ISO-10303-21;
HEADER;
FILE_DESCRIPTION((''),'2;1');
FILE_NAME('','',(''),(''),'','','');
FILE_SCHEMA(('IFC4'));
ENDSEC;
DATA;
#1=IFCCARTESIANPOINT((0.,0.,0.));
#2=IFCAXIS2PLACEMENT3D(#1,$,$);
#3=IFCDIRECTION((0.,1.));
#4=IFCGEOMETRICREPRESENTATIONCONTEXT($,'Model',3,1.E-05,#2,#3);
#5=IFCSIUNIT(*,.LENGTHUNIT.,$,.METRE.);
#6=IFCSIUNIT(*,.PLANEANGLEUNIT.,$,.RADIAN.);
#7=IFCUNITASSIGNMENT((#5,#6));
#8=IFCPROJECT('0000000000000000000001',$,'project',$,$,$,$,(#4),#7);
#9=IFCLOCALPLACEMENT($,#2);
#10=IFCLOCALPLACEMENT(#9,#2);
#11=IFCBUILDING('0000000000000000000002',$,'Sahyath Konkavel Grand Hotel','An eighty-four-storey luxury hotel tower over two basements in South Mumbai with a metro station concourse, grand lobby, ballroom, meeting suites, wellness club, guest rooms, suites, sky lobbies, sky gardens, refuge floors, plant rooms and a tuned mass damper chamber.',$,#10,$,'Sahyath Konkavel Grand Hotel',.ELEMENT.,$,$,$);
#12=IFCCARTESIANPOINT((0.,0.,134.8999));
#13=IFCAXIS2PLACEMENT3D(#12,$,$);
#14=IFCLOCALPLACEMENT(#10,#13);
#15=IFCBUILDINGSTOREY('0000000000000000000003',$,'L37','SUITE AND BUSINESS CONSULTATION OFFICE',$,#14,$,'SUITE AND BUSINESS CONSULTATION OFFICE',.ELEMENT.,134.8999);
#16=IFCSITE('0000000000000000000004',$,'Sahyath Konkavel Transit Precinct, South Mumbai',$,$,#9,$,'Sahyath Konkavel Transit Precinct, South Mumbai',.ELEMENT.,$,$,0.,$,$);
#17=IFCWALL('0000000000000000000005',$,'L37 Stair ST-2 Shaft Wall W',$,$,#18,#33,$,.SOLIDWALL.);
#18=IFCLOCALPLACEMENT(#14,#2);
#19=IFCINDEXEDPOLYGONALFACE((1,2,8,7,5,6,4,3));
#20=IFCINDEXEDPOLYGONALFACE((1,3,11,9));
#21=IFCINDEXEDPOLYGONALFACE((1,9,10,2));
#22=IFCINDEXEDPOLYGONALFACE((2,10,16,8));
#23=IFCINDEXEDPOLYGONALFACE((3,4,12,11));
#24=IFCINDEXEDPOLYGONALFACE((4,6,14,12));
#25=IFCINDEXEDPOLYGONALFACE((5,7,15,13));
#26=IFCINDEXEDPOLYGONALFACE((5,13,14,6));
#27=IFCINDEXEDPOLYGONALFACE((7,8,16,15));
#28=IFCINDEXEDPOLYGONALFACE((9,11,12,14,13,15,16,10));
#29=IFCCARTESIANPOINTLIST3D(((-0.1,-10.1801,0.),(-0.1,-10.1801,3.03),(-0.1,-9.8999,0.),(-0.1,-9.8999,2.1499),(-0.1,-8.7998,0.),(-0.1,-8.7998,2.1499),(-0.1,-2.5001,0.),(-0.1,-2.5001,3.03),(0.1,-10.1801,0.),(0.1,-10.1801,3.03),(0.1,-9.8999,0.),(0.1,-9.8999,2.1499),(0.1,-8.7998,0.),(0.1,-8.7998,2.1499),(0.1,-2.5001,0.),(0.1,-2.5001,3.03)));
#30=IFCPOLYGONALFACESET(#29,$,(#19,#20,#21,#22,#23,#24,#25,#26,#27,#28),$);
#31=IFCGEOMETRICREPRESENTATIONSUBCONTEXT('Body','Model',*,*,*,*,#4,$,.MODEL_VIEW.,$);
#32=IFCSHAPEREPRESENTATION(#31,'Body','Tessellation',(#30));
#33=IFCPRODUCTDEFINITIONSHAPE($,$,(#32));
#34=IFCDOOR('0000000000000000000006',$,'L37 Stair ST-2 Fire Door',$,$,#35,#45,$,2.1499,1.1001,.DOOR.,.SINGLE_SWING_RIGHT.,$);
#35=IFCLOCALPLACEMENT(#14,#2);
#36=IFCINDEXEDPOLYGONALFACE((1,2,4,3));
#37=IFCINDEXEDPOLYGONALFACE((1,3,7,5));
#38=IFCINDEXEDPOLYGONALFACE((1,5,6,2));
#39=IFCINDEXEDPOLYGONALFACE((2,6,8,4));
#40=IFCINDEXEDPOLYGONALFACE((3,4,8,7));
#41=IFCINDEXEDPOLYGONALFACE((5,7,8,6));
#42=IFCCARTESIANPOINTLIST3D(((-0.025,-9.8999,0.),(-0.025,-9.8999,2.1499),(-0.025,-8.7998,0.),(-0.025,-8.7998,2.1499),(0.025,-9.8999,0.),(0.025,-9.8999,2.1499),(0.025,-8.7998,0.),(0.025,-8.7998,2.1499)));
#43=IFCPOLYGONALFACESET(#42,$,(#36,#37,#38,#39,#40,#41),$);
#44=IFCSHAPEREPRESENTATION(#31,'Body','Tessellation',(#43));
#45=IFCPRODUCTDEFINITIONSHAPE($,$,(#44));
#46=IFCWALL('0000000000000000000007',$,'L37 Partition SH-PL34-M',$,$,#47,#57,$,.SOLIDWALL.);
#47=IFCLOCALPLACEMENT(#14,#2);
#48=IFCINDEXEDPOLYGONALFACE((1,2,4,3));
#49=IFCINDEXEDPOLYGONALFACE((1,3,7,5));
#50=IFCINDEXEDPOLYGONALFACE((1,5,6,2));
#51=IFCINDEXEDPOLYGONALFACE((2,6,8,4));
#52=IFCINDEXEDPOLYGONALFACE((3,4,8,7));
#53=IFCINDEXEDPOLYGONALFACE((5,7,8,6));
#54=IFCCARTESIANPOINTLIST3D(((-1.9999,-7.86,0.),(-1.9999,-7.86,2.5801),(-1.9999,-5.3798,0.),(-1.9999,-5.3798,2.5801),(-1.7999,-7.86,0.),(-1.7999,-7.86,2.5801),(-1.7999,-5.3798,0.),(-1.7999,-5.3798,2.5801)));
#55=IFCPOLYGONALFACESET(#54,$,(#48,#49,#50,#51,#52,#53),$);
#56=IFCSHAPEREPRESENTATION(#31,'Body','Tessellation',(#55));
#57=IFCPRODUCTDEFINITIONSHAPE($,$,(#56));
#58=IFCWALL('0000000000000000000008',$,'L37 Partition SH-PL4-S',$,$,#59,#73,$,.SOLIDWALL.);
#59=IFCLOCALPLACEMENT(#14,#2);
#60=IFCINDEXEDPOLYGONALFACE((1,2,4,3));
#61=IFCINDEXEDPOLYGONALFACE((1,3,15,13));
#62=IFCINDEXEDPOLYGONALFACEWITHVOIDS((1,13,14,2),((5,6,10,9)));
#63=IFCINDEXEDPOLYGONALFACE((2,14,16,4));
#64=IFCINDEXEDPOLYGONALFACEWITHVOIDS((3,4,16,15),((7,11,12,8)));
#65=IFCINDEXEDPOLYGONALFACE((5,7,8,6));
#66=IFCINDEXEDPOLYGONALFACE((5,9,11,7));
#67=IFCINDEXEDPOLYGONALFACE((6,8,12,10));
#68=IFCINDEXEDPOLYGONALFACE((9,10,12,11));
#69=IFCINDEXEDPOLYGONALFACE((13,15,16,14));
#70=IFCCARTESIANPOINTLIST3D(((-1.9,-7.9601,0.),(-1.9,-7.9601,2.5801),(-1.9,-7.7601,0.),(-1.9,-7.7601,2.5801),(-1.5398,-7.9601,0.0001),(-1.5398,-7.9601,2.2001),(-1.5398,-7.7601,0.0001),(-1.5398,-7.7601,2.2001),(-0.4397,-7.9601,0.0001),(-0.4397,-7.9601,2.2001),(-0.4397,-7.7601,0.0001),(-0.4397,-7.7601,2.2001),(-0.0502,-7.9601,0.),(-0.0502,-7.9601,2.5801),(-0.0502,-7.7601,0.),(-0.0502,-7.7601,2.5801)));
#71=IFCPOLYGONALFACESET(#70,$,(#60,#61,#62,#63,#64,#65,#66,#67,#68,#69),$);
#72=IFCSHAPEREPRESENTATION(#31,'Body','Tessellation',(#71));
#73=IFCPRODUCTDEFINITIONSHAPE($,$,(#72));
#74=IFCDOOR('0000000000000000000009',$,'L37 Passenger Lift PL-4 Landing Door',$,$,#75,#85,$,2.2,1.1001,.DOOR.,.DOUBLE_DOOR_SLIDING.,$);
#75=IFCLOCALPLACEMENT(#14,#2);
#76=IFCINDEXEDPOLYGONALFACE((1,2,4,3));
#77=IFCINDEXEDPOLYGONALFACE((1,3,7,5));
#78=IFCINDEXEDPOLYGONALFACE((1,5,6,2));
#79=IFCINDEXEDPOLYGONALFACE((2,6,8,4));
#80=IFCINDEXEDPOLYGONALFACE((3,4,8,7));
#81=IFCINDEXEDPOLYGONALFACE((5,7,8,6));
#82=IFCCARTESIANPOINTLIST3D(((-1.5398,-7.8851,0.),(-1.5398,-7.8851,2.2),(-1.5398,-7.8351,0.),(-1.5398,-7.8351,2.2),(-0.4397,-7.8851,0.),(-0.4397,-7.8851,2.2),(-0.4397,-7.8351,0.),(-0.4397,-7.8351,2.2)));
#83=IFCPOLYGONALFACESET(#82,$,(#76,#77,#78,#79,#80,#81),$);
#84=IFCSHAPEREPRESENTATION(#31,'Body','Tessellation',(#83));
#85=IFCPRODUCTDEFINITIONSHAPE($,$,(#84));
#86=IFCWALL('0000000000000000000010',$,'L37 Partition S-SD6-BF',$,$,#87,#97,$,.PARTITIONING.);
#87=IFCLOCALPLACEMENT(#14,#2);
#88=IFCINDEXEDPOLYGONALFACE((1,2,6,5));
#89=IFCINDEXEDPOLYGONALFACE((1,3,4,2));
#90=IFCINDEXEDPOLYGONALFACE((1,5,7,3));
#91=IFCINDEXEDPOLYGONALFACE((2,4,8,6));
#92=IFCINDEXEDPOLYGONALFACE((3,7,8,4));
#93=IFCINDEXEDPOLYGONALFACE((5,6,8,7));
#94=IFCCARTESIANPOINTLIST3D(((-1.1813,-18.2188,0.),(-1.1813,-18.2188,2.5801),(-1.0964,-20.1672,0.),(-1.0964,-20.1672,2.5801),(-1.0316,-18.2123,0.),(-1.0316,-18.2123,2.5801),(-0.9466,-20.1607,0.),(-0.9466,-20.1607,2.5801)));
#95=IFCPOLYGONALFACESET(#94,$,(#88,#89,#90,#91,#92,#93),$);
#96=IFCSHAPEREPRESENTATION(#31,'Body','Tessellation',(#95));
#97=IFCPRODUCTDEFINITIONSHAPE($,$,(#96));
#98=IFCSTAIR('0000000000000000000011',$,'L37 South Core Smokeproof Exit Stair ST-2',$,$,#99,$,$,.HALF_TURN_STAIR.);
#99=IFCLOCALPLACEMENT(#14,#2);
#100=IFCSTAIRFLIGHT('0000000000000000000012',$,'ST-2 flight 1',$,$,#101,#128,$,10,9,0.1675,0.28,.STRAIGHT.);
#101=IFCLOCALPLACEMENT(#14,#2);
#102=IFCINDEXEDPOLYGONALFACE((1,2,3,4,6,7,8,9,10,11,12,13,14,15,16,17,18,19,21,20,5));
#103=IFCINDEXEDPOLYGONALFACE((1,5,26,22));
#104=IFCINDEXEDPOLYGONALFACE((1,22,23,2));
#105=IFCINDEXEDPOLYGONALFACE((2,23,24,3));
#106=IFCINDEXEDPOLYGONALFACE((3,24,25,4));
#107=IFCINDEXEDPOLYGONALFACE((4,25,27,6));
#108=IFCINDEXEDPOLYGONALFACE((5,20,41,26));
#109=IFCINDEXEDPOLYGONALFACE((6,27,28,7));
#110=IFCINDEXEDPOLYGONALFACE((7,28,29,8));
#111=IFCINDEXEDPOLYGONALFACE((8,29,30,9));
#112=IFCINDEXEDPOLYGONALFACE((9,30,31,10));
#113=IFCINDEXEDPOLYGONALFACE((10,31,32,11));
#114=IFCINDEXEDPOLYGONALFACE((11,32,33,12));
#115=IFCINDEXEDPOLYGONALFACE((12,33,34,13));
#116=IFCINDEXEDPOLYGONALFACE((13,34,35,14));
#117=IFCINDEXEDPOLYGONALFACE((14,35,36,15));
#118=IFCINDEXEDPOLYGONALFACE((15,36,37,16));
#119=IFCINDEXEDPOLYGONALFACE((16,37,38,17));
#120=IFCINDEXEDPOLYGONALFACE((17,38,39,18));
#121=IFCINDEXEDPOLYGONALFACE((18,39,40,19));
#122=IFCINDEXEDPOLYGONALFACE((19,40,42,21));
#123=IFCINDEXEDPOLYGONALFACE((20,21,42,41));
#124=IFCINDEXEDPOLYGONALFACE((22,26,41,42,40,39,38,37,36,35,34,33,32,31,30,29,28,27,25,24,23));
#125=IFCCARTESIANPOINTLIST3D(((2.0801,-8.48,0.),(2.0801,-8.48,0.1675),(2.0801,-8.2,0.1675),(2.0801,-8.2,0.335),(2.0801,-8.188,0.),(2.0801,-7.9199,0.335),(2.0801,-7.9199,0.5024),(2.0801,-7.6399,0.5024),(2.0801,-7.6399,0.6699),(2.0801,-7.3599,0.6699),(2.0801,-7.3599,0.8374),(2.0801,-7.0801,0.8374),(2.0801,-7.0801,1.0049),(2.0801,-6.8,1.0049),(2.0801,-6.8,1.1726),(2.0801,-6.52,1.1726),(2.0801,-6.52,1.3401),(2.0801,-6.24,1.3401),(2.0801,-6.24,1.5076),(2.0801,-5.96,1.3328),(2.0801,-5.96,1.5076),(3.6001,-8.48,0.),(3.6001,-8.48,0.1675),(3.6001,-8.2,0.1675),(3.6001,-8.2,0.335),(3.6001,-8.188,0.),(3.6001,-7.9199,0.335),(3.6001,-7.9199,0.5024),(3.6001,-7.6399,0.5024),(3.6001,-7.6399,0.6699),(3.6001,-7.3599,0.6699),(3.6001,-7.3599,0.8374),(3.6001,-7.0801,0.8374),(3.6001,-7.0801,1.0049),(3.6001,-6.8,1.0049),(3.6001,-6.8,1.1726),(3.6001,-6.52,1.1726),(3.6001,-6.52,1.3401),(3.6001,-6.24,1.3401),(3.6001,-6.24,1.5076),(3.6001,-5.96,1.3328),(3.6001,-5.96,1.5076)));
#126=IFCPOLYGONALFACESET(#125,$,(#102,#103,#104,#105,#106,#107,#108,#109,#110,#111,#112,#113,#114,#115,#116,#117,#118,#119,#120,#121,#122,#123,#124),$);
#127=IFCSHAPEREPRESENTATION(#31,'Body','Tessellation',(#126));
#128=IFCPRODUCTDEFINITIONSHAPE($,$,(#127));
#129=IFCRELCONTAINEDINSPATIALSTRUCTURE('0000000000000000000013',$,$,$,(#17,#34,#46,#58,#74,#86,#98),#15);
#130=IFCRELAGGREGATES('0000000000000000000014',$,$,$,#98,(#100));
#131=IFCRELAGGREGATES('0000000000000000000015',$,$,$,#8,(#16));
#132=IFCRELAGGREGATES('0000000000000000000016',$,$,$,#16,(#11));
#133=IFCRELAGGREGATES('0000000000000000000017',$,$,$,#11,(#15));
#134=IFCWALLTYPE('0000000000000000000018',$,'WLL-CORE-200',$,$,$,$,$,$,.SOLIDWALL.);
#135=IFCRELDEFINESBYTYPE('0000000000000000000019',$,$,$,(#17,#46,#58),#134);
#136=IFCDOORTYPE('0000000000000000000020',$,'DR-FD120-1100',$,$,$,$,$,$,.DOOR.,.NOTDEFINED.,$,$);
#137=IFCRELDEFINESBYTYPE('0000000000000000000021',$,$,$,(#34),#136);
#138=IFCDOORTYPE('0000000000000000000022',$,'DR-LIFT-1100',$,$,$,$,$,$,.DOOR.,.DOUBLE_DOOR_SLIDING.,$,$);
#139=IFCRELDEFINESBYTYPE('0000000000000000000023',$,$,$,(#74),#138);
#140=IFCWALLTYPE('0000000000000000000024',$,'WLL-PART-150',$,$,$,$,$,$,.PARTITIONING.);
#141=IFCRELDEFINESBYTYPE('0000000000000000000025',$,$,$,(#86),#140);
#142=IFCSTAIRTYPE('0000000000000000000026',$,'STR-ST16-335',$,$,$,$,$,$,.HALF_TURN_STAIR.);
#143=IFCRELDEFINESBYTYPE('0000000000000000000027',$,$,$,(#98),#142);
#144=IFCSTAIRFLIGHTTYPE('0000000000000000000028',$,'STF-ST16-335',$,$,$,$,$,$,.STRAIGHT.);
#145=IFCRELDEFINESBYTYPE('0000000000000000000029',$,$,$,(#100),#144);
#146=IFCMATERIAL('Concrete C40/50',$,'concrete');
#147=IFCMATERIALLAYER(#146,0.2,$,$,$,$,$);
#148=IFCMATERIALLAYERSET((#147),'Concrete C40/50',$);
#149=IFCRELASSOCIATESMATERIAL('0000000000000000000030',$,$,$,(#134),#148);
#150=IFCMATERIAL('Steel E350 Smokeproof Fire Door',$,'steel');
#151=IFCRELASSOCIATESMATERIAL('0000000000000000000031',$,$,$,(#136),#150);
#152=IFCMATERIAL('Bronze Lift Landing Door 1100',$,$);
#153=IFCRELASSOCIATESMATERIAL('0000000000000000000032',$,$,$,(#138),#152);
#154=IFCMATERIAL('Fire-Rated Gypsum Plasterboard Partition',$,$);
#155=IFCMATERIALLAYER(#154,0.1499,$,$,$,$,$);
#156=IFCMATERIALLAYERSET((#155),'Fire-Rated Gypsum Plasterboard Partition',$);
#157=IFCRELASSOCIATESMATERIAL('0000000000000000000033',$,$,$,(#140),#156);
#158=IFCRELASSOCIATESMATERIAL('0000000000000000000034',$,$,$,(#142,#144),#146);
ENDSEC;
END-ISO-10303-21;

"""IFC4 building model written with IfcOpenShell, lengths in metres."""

from ifc_helpers import new_model, si_unit, direction, frame, frame_2d, origin, origin_2d, place, context, subcontext, project, spatial, polyline, rectangle, outline, extrude, source, transform, mapped, material, layer, layer_set, type_object, element, fill, aggregate, save


model = new_model("IFC4")

# Units and contexts
model_context = context("Model", 3, precision=1e-05, world=origin(), true_north=direction((0.0, 1.0)))
body_context = subcontext(model_context, "Body", "Model", "MODEL_VIEW")
ifc_project = project(units=[si_unit("LENGTHUNIT", "METRE"), si_unit("PLANEANGLEUNIT", "RADIAN")], contexts=[model_context])

# Site, building, storey
site_placement = place(None, origin())
site = spatial("IfcSite", under=ifc_project, at=site_placement, Name="Sahyath Konkavel Transit Precinct, South Mumbai", LongName="Sahyath Konkavel Transit Precinct, South Mumbai", CompositionType="ELEMENT", RefElevation=0.0)
building_placement = place(site_placement, origin())
building = spatial("IfcBuilding", under=site, at=building_placement, Name="Sahyath Konkavel Grand Hotel", Description="An eighty-four-storey luxury hotel tower over two basements in South Mumbai with a metro station concourse, grand lobby, ballroom, meeting suites, wellness club, guest rooms, suites, sky lobbies, sky gardens, refuge floors, plant rooms and a tuned mass damper chamber.", LongName="Sahyath Konkavel Grand Hotel", CompositionType="ELEMENT")
storey_placement = place(building_placement, frame((0.0, 0.0, 134.8999)))
storey = spatial("IfcBuildingStorey", under=building, at=storey_placement, Name="L37", Description="SUITE AND BUSINESS CONSULTATION OFFICE", LongName="SUITE AND BUSINESS CONSULTATION OFFICE", CompositionType="ELEMENT", Elevation=134.8999)

# Wall, opening, door
ifc_material_1 = material(Name="Concrete C40/50", Category="concrete")
ifc_layer_1 = layer(ifc_material_1, 0.2)
ifc_layer_set_1 = layer_set([ifc_layer_1], Name="Concrete C40/50")
wall_type_1 = type_object("IfcWallType", Name="WLL-CORE-200", PredefinedType="SOLIDWALL", material=ifc_layer_set_1)
wall_1_placement = place(storey_placement, frame((0.0, -10.1799, 0.0), z_axis=(0.0, 0.0, 1.0), x_axis=(0.0, 1.0, 0.0)))
wall_1 = element("IfcWall", 1, at=wall_1_placement, inside=storey, type_object=wall_type_1, Name="L37 Stair ST-2 Shaft Wall W", PredefinedType="SOLIDWALL", context=body_context, shape_type="SweptSolid", body=[
    extrude(rectangle(XDim=7.6799, YDim=0.2, at=frame_2d((3.8398, 0.0))), origin(), (0.0, 0.0, 1.0), 3.03),
])
opening_1_placement = place(wall_1_placement, frame((0.28, 0.0, 0.0)))
opening_1 = element("IfcOpeningElement", 2, at=opening_1_placement, cuts=wall_1, PredefinedType="OPENING", context=body_context, shape_type="SweptSolid", body=[
    extrude(rectangle(XDim=1.1001, YDim=2.1499, at=frame_2d((0.55, 1.075))), frame((0.0, 0.1099, 0.0), z_axis=(0.0, -1.0, 0.0), x_axis=(1.0, 0.0, 0.0)), (0.0, 0.0, 1.0), 0.22),
])
ifc_material_2 = material(Name="Steel E350 Smokeproof Fire Door", Category="steel")
door_type_1 = type_object("IfcDoorType", Name="DR-FD120-1100", OperationType="NOTDEFINED", PredefinedType="DOOR", material=ifc_material_2)
shared_shape_1 = source(origin(), body_context, "Body", "SweptSolid", [
    extrude(rectangle(XDim=1.1001, YDim=0.05, at=origin_2d()), origin(), (0.0, 0.0, 1.0), 2.1499),
])
door_1_placement = place(opening_1_placement, frame((0.55, 0.0, 0.0)))
door_1 = element("IfcDoor", 3, at=door_1_placement, inside=storey, type_object=door_type_1, Name="L37 Stair ST-2 Fire Door", OperationType="SINGLE_SWING_RIGHT", OverallHeight=2.1499, OverallWidth=1.1001, PredefinedType="DOOR", context=body_context, shape_type="MappedRepresentation", body=[
    mapped(shared_shape_1, transform((0.0, 0.0, 0.0), scale=1.0)),
])
fill(opening_1, door_1)

# Wall
wall_2_placement = place(storey_placement, frame((-1.8999, -7.8601, 0.0), z_axis=(0.0, 0.0, 1.0), x_axis=(0.0, 1.0, 0.0)))
element("IfcWall", 4, at=wall_2_placement, inside=storey, type_object=wall_type_1, Name="L37 Partition SH-PL34-M", PredefinedType="SOLIDWALL", context=body_context, shape_type="SweptSolid", body=[
    extrude(rectangle(XDim=2.4802, YDim=0.2, at=frame_2d((1.2402, 0.0))), origin(), (0.0, 0.0, 1.0), 2.5801),
])

# Wall, opening, door
wall_3_placement = place(storey_placement, frame((-1.8999, -7.8601, 0.0), z_axis=(0.0, 0.0, 1.0), x_axis=(1.0, 0.0, 0.0)))
wall_3 = element("IfcWall", 5, at=wall_3_placement, inside=storey, type_object=wall_type_1, Name="L37 Partition SH-PL4-S", PredefinedType="SOLIDWALL", context=body_context, shape_type="SweptSolid", body=[
    extrude(rectangle(XDim=1.8499, YDim=0.2, at=frame_2d((0.9248, 0.0))), origin(), (0.0, 0.0, 1.0), 2.5801),
])
opening_2_placement = place(wall_3_placement, frame((0.3601, 0.0, 0.0)))
opening_2 = element("IfcOpeningElement", 6, at=opening_2_placement, cuts=wall_3, PredefinedType="OPENING", context=body_context, shape_type="SweptSolid", body=[
    extrude(rectangle(XDim=1.1001, YDim=2.2, at=frame_2d((0.55, 1.1001))), frame((0.0, 0.1099, 0.0), z_axis=(0.0, -1.0, 0.0), x_axis=(1.0, 0.0, 0.0)), (0.0, 0.0, 1.0), 0.22),
])
ifc_material_3 = material(Name="Bronze Lift Landing Door 1100")
door_type_2 = type_object("IfcDoorType", Name="DR-LIFT-1100", OperationType="DOUBLE_DOOR_SLIDING", PredefinedType="DOOR", material=ifc_material_3)
shared_shape_2 = source(origin(), body_context, "Body", "SweptSolid", [
    extrude(rectangle(XDim=1.1001, YDim=0.05, at=origin_2d()), origin(), (0.0, 0.0, 1.0), 2.2),
])
door_2_placement = place(opening_2_placement, frame((0.55, 0.0, 0.0)))
door_2 = element("IfcDoor", 7, at=door_2_placement, inside=storey, type_object=door_type_2, Name="L37 Passenger Lift PL-4 Landing Door", OperationType="DOUBLE_DOOR_SLIDING", OverallHeight=2.2, OverallWidth=1.1001, PredefinedType="DOOR", context=body_context, shape_type="MappedRepresentation", body=[
    mapped(shared_shape_2, transform((0.0, 0.0, 0.0), scale=1.0)),
])
fill(opening_2, door_2)

# Wall
ifc_material_4 = material(Name="Fire-Rated Gypsum Plasterboard Partition")
ifc_layer_2 = layer(ifc_material_4, 0.1499)
ifc_layer_set_2 = layer_set([ifc_layer_2], Name="Fire-Rated Gypsum Plasterboard Partition")
wall_type_2 = type_object("IfcWallType", Name="WLL-PART-150", PredefinedType="PARTITIONING", material=ifc_layer_set_2)
wall_4_placement = place(storey_placement, frame((-1.1064, -18.2156, 0.0), z_axis=(0.0, 0.0, 1.0), x_axis=(0.043568, -0.99905, 0.0)))
element("IfcWall", 8, at=wall_4_placement, inside=storey, type_object=wall_type_2, Name="L37 Partition S-SD6-BF", PredefinedType="PARTITIONING", context=body_context, shape_type="SweptSolid", body=[
    extrude(rectangle(XDim=1.9502, YDim=0.1499, at=frame_2d((0.9751, 0.0))), origin(), (0.0, 0.0, 1.0), 2.5801),
])

# Stair, stair flight
stair_type = type_object("IfcStairType", Name="STR-ST16-335", PredefinedType="HALF_TURN_STAIR", material=ifc_material_1)
stair_placement = place(storey_placement, origin())
stair = element("IfcStair", 9, at=stair_placement, inside=storey, type_object=stair_type, Name="L37 South Core Smokeproof Exit Stair ST-2", PredefinedType="HALF_TURN_STAIR")
stair_flight_type = type_object("IfcStairFlightType", Name="STF-ST16-335", PredefinedType="STRAIGHT", material=ifc_material_1)
stair_flight_placement = place(storey_placement, frame((2.8401, -8.48, 0.0), z_axis=(0.0, 0.0, 1.0), x_axis=(0.0, 1.0, 0.0)))
stair_flight = element("IfcStairFlight", 10, at=stair_flight_placement, type_object=stair_flight_type, Name="ST-2 flight 1", NumberOfRisers=10, NumberOfTreads=9, PredefinedType="STRAIGHT", RiserHeight=0.1675, TreadLength=0.28, context=body_context, shape_type="SweptSolid", body=[
    extrude(outline(polyline([(0.0, 0.0), (0.0, 0.1675), (0.28, 0.1675), (0.28, 0.335), (0.5601, 0.335), (0.5601, 0.5024), (0.8401, 0.5024), (0.8401, 0.6699), (1.1201, 0.6699), (1.1201, 0.8374), (1.3999, 0.8374), (1.3999, 1.0049), (1.6799, 1.0049), (1.6799, 1.1726), (1.96, 1.1726), (1.96, 1.3401), (2.24, 1.3401), (2.24, 1.5076), (2.52, 1.5076), (2.52, 1.675), (2.52, 1.3328), (0.292, 0.0), (0.0, 0.0)])), frame((0.0, 0.76, 0.0), z_axis=(0.0, -1.0, 0.0), x_axis=(1.0, 0.0, 0.0)), (0.0, 0.0, 1.0), 1.52),
])
aggregate(stair, [stair_flight])

save(model, "model.ifc")
